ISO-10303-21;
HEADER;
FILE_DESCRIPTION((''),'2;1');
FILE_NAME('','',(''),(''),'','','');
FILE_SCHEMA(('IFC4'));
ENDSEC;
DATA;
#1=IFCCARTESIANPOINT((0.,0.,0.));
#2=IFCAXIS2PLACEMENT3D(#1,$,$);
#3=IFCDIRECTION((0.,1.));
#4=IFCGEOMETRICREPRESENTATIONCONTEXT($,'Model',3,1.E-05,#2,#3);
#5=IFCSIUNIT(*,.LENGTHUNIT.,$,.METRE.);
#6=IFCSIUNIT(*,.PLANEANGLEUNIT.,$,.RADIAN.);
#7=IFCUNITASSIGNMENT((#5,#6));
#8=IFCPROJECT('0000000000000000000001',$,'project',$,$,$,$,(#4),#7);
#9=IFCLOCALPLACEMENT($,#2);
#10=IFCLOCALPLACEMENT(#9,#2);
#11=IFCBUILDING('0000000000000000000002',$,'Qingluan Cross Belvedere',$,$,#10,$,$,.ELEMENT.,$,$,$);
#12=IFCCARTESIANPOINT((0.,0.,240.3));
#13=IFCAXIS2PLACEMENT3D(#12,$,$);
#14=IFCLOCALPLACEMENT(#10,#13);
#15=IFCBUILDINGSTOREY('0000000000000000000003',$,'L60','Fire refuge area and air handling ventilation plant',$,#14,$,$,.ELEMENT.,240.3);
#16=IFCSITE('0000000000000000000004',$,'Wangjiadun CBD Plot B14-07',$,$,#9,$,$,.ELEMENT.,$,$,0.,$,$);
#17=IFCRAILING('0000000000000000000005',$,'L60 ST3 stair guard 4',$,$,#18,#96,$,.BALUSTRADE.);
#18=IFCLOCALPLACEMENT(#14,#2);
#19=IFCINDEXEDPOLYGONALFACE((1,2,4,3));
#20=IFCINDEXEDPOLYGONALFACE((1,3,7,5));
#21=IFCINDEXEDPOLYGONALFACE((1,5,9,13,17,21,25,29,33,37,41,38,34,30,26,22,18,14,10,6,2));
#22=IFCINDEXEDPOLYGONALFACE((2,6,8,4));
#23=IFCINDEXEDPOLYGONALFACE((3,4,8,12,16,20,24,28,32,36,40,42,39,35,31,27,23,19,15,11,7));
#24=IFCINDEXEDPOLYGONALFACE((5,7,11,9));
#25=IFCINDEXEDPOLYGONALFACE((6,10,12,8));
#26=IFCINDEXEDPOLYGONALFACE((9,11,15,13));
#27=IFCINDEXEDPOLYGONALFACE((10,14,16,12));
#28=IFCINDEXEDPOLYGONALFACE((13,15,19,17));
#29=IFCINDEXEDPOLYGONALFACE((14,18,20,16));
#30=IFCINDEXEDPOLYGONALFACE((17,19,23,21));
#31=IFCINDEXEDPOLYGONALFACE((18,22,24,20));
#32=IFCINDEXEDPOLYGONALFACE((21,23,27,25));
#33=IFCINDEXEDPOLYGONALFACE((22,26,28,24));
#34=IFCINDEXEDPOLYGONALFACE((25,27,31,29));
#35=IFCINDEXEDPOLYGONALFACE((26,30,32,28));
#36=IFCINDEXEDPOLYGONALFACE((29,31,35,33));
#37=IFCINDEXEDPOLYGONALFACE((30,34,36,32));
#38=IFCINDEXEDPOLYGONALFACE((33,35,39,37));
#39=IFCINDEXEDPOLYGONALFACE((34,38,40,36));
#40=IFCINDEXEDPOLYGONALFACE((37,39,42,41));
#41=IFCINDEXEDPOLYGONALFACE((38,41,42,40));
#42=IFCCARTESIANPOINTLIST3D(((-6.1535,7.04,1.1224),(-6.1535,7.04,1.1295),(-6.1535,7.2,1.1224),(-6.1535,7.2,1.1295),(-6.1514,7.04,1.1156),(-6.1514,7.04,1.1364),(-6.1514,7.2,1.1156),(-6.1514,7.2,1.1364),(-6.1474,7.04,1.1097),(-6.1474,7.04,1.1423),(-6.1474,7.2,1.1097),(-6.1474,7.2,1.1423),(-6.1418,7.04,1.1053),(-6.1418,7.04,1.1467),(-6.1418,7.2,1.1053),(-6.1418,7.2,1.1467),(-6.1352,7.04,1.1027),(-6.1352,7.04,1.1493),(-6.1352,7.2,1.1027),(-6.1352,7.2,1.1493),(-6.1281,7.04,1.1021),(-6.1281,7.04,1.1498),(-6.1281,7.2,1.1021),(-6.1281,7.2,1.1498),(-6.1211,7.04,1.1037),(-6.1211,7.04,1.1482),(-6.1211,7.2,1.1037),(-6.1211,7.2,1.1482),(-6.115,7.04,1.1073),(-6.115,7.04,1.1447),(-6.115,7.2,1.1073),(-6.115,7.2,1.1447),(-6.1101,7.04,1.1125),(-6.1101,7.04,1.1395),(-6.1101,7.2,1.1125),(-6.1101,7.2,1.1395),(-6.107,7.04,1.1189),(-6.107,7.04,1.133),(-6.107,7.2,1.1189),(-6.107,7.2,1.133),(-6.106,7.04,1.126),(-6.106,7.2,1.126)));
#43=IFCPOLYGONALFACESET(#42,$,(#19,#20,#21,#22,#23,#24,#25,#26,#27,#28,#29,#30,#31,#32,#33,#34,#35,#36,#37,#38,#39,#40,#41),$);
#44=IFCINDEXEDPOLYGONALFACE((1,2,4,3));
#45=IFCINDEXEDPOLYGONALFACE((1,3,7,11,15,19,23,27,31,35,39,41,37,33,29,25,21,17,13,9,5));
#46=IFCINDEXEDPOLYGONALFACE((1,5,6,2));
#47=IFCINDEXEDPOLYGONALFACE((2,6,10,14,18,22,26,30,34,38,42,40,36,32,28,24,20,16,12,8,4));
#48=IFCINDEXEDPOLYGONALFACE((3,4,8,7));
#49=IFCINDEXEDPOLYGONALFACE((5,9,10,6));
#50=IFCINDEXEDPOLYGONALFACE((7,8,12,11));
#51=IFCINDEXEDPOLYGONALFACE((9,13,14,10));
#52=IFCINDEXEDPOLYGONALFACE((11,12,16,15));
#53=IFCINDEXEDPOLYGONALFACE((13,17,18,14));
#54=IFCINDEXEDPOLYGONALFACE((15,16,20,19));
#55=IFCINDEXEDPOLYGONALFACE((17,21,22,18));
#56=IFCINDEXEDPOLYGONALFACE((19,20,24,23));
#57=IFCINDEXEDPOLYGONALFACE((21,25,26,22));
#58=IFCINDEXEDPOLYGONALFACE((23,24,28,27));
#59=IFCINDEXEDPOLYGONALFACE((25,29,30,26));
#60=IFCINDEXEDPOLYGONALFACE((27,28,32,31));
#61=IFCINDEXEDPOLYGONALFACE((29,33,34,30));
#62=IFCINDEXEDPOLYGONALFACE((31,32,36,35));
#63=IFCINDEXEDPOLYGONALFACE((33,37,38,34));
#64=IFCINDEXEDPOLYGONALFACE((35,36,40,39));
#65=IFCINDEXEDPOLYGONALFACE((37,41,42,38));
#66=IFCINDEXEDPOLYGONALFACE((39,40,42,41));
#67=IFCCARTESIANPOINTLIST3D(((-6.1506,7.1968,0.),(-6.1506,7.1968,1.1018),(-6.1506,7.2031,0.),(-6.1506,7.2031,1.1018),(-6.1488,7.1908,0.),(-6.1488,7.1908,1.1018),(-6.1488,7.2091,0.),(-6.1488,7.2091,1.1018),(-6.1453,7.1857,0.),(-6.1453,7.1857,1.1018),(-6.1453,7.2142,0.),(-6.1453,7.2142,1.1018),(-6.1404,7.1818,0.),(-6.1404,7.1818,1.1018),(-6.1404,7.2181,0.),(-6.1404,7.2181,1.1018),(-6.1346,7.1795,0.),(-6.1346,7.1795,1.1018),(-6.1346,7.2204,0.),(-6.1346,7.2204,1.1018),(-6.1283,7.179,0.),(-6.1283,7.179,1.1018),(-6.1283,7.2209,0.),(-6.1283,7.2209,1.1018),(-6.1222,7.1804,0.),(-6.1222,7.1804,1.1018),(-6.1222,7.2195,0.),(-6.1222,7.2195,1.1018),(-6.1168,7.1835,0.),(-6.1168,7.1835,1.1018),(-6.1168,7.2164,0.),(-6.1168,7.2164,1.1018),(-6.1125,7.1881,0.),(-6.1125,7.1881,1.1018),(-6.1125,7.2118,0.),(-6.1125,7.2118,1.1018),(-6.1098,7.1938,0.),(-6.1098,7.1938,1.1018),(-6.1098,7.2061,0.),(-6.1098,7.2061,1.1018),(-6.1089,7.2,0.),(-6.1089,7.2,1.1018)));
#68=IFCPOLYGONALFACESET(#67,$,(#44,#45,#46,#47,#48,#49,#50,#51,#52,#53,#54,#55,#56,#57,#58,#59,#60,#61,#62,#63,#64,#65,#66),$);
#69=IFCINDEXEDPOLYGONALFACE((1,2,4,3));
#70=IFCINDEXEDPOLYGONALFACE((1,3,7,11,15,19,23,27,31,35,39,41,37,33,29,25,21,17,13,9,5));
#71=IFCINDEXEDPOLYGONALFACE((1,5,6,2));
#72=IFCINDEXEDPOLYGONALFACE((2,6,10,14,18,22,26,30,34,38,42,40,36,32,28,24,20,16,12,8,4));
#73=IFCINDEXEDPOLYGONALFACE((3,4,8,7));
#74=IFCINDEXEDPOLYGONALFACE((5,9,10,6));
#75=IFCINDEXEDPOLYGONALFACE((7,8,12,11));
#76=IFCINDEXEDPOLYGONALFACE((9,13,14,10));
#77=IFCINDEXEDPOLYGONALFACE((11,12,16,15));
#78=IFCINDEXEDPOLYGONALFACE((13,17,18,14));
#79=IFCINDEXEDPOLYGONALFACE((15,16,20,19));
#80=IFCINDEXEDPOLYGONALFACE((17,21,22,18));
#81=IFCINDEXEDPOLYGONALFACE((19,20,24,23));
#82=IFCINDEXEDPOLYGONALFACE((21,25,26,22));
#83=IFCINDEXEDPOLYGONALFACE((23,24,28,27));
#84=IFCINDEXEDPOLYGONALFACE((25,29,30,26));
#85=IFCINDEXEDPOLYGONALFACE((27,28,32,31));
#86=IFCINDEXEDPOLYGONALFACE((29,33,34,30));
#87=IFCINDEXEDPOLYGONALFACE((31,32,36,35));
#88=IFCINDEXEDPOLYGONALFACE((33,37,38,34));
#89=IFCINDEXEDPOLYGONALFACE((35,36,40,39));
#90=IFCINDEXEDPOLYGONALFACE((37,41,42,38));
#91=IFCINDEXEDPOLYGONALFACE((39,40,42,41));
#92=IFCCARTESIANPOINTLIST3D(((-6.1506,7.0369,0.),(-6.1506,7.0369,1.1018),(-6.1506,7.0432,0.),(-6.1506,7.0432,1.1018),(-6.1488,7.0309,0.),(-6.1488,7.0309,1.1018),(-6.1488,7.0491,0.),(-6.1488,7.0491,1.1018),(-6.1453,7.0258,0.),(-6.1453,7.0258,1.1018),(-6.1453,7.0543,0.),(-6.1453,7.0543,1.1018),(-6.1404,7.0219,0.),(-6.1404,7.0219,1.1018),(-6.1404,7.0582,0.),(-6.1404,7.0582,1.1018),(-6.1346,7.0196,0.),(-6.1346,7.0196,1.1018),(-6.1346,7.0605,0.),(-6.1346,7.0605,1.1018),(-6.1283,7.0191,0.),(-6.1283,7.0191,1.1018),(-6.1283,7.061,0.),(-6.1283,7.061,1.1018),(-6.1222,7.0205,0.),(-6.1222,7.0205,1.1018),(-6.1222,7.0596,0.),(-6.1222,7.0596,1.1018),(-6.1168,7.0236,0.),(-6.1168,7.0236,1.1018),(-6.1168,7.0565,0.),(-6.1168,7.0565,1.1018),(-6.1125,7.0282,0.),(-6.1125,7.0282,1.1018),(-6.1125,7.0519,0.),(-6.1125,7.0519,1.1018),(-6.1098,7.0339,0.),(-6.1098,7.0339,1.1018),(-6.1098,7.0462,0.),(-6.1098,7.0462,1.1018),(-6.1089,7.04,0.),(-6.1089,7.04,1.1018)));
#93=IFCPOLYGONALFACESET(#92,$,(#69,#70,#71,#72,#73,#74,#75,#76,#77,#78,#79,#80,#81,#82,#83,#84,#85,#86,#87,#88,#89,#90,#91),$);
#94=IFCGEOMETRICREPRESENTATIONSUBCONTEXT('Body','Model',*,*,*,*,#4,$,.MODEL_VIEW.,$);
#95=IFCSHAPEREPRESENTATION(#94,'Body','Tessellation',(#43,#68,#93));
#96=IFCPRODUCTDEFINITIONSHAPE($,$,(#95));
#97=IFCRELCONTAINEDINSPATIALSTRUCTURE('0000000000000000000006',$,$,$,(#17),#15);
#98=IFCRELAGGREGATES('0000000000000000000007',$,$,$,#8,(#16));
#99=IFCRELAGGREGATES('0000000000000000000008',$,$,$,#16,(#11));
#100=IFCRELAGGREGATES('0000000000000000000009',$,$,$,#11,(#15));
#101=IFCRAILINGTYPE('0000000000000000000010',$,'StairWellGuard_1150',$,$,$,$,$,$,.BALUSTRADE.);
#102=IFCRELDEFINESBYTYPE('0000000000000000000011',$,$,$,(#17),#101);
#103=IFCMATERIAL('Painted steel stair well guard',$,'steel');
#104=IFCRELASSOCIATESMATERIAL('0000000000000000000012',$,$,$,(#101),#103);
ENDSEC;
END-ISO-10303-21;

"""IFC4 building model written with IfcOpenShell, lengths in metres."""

from ifc_helpers import new_model, si_unit, direction, frame, origin, origin_2d, place, context, subcontext, project, spatial, circle, extrude, material, type_object, element, save


model = new_model("IFC4")

# Units and contexts
model_context = context("Model", 3, precision=1e-05, world=origin(), true_north=direction((0.0, 1.0)))
body_context = subcontext(model_context, "Body", "Model", "MODEL_VIEW")
ifc_project = project(units=[si_unit("LENGTHUNIT", "METRE"), si_unit("PLANEANGLEUNIT", "RADIAN")], contexts=[model_context])

# Site, building, storey
site_placement = place(None, origin())
site = spatial("IfcSite", under=ifc_project, at=site_placement, Name="Wangjiadun CBD Plot B14-07", CompositionType="ELEMENT", RefElevation=0.0)
building_placement = place(site_placement, origin())
building = spatial("IfcBuilding", under=site, at=building_placement, Name="Qingluan Cross Belvedere", CompositionType="ELEMENT")
storey_placement = place(building_placement, frame((0.0, 0.0, 240.3)))
storey = spatial("IfcBuildingStorey", under=building, at=storey_placement, Name="L60", Description="Fire refuge area and air handling ventilation plant", CompositionType="ELEMENT", Elevation=240.3)

# Railing
ifc_material_1 = material(Name="Painted steel stair well guard", Category="steel")
railing_type_1 = type_object("IfcRailingType", Name="StairWellGuard_1150", PredefinedType="BALUSTRADE", material=ifc_material_1)
railing_1_placement = place(storey_placement, frame((-6.1299, 7.2, 0.0)))
element("IfcRailing", 1, at=railing_1_placement, inside=storey, type_object=railing_type_1, Name="L60 ST3 stair guard 4", PredefinedType="BALUSTRADE", context=body_context, shape_type="SweptSolid", body=[
    extrude(circle(Radius=0.0239, at=origin_2d()), frame((0.0, 0.0, 1.126), z_axis=(0.0, -1.0, 0.0), x_axis=(1.0, 0.0, 0.0)), (0.0, 0.0, 1.0), 0.1599),
    extrude(circle(Radius=0.021, at=origin_2d()), origin(), (0.0, 0.0, 1.0), 1.1018),
    extrude(circle(Radius=0.021, at=origin_2d()), frame((0.0, -0.1599, 0.0)), (0.0, 0.0, 1.0), 1.1018),
])

save(model, "model.ifc")
